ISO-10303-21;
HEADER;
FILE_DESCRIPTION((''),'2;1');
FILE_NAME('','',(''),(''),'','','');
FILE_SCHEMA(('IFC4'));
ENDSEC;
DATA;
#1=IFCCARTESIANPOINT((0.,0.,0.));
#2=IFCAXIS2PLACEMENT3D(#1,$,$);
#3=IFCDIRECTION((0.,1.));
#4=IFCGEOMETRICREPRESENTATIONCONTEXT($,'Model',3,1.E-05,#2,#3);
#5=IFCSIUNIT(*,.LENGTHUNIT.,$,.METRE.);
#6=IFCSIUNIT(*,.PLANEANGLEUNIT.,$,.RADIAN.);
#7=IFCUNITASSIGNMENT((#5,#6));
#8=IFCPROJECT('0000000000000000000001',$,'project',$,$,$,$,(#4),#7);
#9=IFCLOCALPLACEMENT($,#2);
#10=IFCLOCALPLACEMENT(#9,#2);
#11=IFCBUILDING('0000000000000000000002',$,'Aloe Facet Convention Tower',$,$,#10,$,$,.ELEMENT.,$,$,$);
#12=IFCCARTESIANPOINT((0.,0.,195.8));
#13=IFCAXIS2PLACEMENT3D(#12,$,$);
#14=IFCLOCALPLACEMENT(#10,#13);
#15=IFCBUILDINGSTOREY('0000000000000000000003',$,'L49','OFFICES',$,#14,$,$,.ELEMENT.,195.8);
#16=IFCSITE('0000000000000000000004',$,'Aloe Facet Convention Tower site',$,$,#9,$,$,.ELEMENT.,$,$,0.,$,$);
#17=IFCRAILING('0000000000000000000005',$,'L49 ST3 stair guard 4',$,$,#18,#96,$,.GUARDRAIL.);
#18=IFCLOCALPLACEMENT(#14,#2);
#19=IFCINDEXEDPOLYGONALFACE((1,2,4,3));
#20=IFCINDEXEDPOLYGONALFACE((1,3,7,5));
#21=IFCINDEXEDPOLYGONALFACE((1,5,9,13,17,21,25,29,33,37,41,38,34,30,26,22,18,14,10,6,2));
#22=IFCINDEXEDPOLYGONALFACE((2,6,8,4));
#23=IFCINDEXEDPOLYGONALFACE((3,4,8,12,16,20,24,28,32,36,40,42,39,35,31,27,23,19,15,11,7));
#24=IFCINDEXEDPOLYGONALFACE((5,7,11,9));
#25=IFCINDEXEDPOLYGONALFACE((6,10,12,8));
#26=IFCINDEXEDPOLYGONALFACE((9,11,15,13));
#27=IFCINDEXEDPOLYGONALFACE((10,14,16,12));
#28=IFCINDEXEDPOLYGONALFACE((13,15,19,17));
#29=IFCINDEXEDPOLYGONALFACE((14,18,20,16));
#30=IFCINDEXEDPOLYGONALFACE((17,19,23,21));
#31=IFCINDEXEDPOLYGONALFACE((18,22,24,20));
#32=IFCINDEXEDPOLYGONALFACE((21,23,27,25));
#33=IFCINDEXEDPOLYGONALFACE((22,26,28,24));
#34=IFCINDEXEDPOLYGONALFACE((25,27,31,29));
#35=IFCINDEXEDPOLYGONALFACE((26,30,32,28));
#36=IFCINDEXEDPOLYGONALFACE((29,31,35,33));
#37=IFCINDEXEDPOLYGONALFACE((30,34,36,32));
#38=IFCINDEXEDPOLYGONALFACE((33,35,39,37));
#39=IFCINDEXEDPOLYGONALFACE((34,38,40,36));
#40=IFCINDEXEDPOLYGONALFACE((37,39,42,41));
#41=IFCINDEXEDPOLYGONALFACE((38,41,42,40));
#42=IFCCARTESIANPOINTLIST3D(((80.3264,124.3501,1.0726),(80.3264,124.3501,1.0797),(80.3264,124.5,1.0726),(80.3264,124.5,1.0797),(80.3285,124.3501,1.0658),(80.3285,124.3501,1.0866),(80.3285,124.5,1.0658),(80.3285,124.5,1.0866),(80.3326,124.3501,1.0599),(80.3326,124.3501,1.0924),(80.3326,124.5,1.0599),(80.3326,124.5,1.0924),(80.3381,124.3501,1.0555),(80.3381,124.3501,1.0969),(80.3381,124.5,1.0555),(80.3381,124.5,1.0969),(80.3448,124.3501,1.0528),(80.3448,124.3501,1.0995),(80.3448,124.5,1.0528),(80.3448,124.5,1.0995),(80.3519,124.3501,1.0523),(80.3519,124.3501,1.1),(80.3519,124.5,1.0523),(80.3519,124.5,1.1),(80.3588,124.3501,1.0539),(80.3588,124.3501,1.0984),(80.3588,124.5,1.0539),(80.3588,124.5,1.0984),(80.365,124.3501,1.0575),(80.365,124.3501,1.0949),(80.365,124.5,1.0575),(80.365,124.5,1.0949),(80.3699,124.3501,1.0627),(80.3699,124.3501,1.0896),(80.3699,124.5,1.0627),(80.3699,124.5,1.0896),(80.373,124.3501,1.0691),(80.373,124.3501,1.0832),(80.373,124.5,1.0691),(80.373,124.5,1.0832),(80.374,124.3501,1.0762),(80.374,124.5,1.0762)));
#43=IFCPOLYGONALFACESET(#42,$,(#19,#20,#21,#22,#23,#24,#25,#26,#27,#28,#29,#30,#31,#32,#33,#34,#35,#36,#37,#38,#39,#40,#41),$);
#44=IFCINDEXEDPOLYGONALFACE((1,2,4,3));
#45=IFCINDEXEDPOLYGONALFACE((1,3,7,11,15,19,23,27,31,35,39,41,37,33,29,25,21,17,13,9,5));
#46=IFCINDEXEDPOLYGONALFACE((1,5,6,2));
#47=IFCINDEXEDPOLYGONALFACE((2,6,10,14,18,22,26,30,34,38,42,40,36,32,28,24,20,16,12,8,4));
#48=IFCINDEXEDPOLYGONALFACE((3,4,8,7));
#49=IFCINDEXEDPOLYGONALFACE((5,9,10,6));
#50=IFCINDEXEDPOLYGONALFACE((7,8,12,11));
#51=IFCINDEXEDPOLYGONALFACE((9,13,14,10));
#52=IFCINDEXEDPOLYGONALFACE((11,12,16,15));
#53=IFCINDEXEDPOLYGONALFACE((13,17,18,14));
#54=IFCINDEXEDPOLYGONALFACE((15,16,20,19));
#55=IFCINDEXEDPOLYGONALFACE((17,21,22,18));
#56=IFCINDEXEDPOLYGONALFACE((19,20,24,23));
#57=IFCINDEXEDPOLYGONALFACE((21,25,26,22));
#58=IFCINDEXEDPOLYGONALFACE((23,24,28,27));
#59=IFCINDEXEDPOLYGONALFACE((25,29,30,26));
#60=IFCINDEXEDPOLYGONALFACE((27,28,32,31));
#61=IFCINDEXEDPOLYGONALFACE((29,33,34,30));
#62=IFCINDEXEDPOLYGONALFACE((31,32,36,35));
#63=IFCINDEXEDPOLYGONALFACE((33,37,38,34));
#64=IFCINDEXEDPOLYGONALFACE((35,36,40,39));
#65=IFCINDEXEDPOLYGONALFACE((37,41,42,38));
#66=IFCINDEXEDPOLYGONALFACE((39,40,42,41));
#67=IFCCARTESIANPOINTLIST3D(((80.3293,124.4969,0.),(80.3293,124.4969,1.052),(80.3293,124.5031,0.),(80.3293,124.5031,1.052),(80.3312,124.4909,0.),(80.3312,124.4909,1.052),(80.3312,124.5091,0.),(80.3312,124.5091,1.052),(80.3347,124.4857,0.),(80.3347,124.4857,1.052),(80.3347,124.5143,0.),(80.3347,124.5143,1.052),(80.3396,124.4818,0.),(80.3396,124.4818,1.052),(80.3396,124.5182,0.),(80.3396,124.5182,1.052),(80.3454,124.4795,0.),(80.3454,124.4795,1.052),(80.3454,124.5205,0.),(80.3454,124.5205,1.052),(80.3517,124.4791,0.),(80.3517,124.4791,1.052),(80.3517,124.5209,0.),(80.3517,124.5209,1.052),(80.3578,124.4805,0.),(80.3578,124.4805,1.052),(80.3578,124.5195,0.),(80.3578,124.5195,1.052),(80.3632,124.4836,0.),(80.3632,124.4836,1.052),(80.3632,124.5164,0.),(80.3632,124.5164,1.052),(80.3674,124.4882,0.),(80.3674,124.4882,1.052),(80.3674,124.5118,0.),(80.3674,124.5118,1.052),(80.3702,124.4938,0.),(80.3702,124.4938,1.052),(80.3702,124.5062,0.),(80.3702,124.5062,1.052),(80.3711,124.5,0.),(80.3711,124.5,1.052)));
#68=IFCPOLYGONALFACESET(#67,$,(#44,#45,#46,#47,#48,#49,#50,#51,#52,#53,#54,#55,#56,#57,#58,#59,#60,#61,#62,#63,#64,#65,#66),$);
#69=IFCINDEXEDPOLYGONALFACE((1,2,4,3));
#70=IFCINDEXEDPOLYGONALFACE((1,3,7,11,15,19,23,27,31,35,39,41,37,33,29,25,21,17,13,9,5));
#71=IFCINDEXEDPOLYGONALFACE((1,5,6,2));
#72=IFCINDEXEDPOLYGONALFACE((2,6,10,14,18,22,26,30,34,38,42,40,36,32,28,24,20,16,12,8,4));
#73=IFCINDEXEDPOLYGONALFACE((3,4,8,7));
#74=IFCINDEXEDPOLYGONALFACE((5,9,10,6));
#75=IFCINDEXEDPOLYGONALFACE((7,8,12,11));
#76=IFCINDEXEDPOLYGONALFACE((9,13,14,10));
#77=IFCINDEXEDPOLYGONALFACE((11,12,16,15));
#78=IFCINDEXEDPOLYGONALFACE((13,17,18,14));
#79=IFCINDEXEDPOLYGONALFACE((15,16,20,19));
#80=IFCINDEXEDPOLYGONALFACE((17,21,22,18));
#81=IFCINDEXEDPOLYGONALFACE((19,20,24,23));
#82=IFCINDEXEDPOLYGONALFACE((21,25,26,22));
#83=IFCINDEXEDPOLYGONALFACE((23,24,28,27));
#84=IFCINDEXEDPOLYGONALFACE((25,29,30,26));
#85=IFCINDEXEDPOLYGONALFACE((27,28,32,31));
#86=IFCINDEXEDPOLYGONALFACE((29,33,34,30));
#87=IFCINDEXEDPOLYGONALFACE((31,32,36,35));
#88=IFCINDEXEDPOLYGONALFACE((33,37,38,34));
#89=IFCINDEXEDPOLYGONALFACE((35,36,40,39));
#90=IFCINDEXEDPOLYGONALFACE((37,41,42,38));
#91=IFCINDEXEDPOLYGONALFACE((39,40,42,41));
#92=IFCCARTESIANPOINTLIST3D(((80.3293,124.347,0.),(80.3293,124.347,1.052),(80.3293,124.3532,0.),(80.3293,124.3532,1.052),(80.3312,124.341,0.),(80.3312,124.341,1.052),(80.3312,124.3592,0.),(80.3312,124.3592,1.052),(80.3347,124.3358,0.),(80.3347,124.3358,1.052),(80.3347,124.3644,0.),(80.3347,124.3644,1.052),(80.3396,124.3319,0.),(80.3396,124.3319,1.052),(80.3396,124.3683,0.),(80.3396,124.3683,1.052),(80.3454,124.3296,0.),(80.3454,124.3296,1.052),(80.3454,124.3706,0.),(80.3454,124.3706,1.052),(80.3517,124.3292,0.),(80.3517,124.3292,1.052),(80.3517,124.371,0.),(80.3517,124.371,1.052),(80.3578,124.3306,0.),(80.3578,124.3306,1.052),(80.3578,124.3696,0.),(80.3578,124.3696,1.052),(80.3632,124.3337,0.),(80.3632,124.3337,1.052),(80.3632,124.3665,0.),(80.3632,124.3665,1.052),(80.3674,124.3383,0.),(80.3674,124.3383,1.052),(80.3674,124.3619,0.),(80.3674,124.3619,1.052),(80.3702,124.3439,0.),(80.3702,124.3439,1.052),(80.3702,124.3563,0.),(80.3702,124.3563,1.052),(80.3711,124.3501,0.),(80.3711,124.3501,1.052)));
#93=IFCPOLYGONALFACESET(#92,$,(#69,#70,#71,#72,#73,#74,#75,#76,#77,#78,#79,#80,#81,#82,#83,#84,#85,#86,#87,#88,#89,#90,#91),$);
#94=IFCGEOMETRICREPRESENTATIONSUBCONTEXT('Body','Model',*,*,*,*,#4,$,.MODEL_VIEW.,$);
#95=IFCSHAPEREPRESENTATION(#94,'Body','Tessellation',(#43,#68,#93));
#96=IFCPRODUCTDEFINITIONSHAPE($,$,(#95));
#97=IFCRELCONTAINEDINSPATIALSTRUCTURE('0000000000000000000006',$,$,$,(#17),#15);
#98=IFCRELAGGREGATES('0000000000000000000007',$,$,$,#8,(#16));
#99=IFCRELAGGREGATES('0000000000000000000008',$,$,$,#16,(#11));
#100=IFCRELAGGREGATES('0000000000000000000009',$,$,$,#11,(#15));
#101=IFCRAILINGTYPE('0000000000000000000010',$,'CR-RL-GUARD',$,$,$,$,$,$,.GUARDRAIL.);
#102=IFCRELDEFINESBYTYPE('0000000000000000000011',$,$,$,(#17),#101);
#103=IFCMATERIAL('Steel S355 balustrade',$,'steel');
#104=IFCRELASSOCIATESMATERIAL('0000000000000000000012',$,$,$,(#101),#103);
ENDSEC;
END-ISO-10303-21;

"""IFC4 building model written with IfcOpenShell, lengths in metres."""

from ifc_helpers import new_model, si_unit, direction, frame, origin, origin_2d, place, context, subcontext, project, spatial, circle, extrude, material, type_object, element, save


model = new_model("IFC4")

# Units and contexts
model_context = context("Model", 3, precision=1e-05, world=origin(), true_north=direction((0.0, 1.0)))
body_context = subcontext(model_context, "Body", "Model", "MODEL_VIEW")
ifc_project = project(units=[si_unit("LENGTHUNIT", "METRE"), si_unit("PLANEANGLEUNIT", "RADIAN")], contexts=[model_context])

# Site, building, storey
site_placement = place(None, origin())
site = spatial("IfcSite", under=ifc_project, at=site_placement, Name="Aloe Facet Convention Tower site", CompositionType="ELEMENT", RefElevation=0.0)
building_placement = place(site_placement, origin())
building = spatial("IfcBuilding", under=site, at=building_placement, Name="Aloe Facet Convention Tower", CompositionType="ELEMENT")
storey_placement = place(building_placement, frame((0.0, 0.0, 195.8)))
storey = spatial("IfcBuildingStorey", under=building, at=storey_placement, Name="L49", Description="OFFICES", CompositionType="ELEMENT", Elevation=195.8)

# Railing
ifc_material_1 = material(Name="Steel S355 balustrade", Category="steel")
railing_type_1 = type_object("IfcRailingType", Name="CR-RL-GUARD", PredefinedType="GUARDRAIL", material=ifc_material_1)
railing_1_placement = place(storey_placement, frame((80.3501, 124.5, 0.0)))
element("IfcRailing", 1, at=railing_1_placement, inside=storey, type_object=railing_type_1, Name="L49 ST3 stair guard 4", PredefinedType="GUARDRAIL", context=body_context, shape_type="SweptSolid", body=[
    extrude(circle(Radius=0.0239, at=origin_2d()), frame((0.0, 0.0, 1.0762), z_axis=(0.0, -1.0, 0.0), x_axis=(1.0, 0.0, 0.0)), (0.0, 0.0, 1.0), 0.1499),
    extrude(circle(Radius=0.021, at=origin_2d()), origin(), (0.0, 0.0, 1.0), 1.052),
    extrude(circle(Radius=0.021, at=origin_2d()), frame((0.0, -0.1499, 0.0)), (0.0, 0.0, 1.0), 1.052),
])

save(model, "model.ifc")
